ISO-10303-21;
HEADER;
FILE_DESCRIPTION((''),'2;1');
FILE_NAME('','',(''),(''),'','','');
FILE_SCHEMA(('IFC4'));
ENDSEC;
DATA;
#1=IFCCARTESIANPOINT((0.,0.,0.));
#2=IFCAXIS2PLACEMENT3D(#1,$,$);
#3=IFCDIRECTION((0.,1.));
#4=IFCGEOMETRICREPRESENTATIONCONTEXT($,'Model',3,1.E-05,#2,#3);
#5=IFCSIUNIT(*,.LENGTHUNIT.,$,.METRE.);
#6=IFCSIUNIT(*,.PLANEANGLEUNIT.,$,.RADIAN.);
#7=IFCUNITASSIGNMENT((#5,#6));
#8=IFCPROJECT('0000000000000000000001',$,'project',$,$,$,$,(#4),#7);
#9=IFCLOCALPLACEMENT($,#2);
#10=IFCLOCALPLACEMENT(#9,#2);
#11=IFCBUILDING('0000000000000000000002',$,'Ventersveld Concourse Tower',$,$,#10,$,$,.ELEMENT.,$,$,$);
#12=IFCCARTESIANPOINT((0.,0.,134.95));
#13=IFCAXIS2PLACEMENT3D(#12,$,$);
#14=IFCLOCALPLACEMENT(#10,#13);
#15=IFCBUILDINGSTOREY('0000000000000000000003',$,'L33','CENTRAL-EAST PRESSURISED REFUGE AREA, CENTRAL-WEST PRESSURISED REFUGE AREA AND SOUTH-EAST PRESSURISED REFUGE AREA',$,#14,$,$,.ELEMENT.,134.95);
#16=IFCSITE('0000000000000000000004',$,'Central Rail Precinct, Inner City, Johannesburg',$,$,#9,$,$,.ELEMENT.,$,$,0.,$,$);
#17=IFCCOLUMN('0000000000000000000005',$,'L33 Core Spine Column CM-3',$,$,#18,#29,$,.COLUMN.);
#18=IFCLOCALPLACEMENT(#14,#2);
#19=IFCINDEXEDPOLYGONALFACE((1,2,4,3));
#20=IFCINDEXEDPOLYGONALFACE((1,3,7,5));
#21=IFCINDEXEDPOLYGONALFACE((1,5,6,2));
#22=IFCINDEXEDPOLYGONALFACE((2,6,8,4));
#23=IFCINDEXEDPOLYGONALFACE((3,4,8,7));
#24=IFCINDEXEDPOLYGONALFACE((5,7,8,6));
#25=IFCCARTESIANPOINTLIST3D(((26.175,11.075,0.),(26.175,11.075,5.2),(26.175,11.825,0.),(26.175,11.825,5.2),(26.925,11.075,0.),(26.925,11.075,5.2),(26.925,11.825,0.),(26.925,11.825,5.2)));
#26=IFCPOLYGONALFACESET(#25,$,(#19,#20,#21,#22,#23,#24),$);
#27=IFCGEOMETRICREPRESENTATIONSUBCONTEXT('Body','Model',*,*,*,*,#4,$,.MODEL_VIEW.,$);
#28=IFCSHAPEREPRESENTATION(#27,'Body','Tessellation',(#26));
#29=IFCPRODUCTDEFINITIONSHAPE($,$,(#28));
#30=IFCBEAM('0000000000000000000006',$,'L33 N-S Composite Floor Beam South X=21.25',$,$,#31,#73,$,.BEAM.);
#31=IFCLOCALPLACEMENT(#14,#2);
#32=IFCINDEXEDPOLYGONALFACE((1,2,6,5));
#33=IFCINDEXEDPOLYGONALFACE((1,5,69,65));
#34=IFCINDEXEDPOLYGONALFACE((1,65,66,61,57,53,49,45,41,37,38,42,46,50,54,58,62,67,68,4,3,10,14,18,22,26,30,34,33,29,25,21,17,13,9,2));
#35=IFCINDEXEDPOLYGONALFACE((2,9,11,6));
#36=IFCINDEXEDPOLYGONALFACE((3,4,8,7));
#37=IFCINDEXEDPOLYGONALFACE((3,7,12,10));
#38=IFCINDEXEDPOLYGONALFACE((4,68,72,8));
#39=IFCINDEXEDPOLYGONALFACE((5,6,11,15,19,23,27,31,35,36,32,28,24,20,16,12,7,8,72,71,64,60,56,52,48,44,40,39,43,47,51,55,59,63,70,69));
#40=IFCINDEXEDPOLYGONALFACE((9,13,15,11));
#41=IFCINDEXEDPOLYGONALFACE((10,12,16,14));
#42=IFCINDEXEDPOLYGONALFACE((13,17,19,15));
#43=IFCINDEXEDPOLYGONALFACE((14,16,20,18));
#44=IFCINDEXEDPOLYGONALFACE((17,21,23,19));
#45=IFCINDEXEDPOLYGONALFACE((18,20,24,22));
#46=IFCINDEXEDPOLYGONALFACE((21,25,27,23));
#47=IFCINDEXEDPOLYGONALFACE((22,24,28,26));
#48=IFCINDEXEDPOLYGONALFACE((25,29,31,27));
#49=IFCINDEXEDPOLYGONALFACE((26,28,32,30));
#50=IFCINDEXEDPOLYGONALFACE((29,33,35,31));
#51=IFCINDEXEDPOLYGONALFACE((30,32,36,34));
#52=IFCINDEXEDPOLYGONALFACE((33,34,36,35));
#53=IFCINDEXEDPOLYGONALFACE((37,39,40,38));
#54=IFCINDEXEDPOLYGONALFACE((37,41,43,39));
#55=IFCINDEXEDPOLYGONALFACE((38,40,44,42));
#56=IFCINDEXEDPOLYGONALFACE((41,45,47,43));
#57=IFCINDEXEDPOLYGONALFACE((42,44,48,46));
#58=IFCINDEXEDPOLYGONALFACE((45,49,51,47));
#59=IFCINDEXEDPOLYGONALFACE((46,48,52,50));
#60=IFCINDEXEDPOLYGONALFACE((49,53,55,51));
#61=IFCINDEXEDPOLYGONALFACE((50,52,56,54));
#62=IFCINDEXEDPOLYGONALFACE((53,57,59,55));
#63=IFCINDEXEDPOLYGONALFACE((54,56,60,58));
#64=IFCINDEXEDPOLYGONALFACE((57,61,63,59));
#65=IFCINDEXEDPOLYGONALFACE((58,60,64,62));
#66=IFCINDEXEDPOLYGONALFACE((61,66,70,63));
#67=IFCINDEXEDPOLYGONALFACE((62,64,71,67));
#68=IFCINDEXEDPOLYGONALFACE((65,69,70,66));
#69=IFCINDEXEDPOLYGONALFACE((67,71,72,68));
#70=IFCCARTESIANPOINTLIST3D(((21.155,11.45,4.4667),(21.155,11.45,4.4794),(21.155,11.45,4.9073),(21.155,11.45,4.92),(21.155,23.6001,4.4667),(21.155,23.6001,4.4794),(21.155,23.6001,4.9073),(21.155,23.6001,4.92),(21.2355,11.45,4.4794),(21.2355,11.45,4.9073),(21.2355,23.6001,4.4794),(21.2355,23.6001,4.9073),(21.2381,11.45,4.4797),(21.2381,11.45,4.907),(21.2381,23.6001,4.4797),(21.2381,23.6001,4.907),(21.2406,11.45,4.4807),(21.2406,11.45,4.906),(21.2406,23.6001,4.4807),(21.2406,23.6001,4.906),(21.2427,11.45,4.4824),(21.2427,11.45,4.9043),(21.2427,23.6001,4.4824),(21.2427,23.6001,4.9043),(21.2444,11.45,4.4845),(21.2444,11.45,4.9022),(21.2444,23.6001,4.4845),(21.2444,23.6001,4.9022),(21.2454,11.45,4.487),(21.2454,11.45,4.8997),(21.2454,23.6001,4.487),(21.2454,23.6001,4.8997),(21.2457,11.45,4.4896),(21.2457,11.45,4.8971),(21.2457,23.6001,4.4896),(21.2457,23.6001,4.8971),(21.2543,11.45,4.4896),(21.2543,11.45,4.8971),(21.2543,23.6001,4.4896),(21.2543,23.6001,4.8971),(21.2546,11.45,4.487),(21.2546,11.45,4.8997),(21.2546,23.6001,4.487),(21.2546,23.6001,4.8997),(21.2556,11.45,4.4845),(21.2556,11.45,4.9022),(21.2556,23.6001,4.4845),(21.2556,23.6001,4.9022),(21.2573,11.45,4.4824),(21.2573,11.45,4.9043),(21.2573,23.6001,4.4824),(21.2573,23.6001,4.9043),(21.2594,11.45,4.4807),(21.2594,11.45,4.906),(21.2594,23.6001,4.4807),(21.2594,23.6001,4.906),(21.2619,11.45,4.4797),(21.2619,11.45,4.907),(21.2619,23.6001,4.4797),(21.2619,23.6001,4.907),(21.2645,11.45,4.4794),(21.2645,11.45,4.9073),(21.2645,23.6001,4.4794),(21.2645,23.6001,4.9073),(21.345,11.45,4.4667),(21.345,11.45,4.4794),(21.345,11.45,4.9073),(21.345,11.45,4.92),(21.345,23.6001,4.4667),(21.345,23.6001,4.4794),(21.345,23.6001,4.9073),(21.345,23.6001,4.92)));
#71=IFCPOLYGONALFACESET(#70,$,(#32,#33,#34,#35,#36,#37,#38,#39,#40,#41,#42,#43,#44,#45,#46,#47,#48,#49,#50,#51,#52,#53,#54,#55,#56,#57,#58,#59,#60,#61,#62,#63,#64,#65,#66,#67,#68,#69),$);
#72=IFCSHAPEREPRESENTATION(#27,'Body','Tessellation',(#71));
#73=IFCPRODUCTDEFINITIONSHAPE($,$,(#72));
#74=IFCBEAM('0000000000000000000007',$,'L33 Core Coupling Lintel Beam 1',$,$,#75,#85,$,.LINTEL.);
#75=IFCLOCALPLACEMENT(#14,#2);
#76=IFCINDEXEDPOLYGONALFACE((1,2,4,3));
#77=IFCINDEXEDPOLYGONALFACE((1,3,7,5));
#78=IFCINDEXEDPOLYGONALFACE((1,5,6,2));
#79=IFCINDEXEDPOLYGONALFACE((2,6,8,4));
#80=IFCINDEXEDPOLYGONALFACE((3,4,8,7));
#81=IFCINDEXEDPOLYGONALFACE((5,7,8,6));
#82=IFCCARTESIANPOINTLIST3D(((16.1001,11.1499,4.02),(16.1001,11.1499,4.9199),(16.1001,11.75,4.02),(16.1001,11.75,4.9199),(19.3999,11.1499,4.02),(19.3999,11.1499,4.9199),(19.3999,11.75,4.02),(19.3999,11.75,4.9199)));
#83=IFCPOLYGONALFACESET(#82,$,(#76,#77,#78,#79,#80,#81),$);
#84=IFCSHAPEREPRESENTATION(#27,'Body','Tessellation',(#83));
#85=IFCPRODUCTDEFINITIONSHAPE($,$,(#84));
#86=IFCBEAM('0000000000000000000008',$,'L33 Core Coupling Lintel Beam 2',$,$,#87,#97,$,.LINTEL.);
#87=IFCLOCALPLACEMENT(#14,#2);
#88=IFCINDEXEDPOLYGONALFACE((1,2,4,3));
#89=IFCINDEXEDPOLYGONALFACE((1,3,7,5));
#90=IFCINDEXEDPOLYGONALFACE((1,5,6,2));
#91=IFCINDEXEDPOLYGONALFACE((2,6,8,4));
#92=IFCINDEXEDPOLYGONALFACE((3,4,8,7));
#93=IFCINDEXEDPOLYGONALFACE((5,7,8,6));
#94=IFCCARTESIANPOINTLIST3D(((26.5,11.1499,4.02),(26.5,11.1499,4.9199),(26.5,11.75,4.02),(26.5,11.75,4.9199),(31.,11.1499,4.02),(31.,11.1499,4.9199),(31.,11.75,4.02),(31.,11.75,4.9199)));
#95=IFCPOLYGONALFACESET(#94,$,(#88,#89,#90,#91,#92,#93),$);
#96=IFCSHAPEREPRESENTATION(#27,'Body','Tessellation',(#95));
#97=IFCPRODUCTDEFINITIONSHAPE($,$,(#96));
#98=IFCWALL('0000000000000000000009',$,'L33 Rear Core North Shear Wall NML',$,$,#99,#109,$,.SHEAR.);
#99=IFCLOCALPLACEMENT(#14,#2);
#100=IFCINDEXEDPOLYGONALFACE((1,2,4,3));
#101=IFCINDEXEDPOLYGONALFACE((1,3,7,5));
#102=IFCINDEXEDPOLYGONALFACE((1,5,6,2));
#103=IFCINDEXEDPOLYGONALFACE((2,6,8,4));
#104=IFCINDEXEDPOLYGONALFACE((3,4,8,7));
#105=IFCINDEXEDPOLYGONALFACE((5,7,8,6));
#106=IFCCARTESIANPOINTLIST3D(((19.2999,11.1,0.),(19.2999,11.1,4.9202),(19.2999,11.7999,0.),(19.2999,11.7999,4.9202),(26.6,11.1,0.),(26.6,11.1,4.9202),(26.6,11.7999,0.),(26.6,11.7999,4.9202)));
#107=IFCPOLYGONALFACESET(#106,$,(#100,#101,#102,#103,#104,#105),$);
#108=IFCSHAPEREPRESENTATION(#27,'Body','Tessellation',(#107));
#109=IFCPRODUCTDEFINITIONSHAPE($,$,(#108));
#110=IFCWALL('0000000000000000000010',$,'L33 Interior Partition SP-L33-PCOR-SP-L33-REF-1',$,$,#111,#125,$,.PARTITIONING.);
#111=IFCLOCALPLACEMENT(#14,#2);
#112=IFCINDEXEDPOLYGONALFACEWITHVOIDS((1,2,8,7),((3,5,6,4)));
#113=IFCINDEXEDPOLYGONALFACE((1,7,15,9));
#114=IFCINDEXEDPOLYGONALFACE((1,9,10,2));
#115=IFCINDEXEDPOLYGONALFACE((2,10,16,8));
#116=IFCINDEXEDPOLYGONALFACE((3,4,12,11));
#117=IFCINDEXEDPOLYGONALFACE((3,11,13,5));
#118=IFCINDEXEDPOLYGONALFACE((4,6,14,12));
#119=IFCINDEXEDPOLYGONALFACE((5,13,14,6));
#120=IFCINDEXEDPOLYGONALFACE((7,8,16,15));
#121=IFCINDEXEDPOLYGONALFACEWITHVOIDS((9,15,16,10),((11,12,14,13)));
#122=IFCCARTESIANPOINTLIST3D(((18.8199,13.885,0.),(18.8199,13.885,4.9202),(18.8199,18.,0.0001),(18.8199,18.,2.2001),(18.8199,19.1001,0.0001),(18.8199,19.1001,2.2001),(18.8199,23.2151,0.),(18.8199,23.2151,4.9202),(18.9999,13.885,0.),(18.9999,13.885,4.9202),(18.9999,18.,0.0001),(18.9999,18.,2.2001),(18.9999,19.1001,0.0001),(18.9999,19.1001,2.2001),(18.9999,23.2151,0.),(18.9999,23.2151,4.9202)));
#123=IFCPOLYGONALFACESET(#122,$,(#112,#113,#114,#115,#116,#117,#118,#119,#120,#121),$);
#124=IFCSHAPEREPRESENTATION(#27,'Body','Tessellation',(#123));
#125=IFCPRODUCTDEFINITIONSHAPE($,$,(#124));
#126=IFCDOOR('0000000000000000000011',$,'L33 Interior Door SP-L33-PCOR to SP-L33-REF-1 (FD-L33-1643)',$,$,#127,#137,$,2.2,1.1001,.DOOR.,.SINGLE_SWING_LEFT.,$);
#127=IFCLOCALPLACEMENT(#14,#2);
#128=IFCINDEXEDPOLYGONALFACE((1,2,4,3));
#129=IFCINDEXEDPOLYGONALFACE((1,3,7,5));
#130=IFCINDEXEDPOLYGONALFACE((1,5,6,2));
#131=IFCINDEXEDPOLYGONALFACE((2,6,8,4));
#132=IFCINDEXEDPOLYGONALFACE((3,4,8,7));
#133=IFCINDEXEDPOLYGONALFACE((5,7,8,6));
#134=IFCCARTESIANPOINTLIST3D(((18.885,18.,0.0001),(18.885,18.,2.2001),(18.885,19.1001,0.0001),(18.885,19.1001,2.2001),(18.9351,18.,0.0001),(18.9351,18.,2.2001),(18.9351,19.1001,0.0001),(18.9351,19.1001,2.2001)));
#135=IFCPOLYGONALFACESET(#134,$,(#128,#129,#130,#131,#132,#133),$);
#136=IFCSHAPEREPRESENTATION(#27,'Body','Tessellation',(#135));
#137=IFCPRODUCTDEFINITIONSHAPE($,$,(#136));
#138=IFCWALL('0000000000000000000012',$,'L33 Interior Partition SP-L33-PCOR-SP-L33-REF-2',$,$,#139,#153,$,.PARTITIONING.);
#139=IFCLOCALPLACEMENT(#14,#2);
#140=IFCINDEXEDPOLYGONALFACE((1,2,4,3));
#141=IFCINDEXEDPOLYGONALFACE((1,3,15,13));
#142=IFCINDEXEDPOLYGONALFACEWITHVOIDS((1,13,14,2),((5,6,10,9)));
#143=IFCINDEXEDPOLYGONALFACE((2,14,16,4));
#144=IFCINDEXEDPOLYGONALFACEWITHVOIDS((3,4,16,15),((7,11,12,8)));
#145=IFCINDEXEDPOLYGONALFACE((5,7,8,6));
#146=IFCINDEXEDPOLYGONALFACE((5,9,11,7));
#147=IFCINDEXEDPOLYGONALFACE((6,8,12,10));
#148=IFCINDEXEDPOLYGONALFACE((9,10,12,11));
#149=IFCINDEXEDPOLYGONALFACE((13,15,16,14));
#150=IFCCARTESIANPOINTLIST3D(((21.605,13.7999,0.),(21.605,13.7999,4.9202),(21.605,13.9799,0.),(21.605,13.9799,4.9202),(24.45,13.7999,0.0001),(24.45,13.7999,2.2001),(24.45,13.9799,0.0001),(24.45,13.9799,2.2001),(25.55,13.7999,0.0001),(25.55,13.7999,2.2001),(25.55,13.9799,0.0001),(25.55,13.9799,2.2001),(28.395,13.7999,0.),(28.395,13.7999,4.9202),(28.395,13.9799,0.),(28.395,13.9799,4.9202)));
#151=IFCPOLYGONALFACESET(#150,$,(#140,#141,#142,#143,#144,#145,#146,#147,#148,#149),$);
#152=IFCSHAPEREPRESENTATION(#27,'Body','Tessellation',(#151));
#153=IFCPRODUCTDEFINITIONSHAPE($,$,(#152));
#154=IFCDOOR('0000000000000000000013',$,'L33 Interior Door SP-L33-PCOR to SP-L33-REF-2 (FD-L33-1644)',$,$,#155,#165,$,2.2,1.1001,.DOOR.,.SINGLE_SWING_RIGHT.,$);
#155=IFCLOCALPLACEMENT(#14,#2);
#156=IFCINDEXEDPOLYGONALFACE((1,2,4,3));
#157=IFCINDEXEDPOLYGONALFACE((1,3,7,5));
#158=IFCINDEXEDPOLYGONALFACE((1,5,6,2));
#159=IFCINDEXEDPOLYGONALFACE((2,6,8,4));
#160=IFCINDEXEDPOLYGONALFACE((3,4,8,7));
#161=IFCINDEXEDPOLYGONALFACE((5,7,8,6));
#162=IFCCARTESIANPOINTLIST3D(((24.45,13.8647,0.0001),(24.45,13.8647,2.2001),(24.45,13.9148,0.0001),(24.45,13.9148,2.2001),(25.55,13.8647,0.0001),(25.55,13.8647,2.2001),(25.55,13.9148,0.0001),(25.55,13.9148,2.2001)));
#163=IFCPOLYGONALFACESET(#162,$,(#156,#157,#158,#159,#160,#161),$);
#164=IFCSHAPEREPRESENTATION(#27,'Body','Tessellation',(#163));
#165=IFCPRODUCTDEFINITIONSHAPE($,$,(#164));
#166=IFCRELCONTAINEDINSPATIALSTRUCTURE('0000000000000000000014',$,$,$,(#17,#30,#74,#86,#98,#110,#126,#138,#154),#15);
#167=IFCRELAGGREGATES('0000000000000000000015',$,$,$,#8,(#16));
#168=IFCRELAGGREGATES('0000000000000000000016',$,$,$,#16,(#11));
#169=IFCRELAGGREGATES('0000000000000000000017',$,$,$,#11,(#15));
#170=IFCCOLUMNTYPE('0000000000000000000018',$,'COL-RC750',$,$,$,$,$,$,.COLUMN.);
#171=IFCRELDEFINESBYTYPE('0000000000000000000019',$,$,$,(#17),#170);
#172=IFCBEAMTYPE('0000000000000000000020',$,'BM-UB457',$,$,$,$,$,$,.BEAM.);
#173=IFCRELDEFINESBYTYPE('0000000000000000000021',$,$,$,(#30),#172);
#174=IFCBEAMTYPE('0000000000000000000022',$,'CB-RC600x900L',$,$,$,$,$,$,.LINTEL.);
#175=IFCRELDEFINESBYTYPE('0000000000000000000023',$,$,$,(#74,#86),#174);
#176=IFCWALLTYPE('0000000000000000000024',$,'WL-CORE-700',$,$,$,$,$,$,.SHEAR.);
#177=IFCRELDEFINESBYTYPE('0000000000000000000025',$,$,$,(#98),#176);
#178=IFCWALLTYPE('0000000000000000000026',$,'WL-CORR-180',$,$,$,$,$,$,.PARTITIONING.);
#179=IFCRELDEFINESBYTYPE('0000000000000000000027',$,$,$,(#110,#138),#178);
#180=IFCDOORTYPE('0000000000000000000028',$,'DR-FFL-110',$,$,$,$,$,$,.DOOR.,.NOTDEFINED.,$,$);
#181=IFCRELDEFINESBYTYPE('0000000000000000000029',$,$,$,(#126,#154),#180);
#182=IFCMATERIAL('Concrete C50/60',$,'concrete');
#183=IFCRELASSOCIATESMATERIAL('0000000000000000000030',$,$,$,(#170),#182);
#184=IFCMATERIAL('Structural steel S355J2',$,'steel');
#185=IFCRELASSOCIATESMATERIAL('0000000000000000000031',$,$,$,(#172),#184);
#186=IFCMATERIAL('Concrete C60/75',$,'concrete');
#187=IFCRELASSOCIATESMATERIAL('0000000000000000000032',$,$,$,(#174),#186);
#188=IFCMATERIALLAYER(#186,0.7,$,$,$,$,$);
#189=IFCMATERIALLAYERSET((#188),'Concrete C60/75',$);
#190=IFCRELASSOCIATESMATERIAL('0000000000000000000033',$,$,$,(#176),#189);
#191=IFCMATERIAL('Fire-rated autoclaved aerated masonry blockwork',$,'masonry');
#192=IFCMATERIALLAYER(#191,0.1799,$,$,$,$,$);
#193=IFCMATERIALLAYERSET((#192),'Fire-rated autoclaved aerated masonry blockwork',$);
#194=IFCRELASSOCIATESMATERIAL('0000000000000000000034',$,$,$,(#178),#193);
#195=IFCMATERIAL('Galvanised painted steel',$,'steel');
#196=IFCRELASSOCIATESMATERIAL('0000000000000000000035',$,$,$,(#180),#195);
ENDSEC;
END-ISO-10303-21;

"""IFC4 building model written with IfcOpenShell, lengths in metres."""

from ifc_helpers import new_model, si_unit, direction, frame, frame_2d, origin, origin_2d, place, context, subcontext, project, spatial, rectangle, i_section, extrude, material, layer, layer_set, material_profile, profile_set, type_object, element, fill, save


model = new_model("IFC4")

# Units and contexts
model_context = context("Model", 3, precision=1e-05, world=origin(), true_north=direction((0.0, 1.0)))
body_context = subcontext(model_context, "Body", "Model", "MODEL_VIEW")
ifc_project = project(units=[si_unit("LENGTHUNIT", "METRE"), si_unit("PLANEANGLEUNIT", "RADIAN")], contexts=[model_context])

# Site, building, storey
site_placement = place(None, origin())
site = spatial("IfcSite", under=ifc_project, at=site_placement, Name="Central Rail Precinct, Inner City, Johannesburg", CompositionType="ELEMENT", RefElevation=0.0)
building_placement = place(site_placement, origin())
building = spatial("IfcBuilding", under=site, at=building_placement, Name="Ventersveld Concourse Tower", CompositionType="ELEMENT")
storey_placement = place(building_placement, frame((0.0, 0.0, 134.95)))
storey = spatial("IfcBuildingStorey", under=building, at=storey_placement, Name="L33", Description="CENTRAL-EAST PRESSURISED REFUGE AREA, CENTRAL-WEST PRESSURISED REFUGE AREA AND SOUTH-EAST PRESSURISED REFUGE AREA", CompositionType="ELEMENT", Elevation=134.95)

# Column
ifc_material_1 = material(Name="Concrete C50/60", Category="concrete")
ifc_material_profile_1 = material_profile(ifc_material_1, rectangle(XDim=0.75, YDim=0.75, at=origin_2d()), Name="RC 750x750")
ifc_profile_set_1 = profile_set([ifc_material_profile_1], Name="Concrete C50/60")
column_type = type_object("IfcColumnType", Name="COL-RC750", PredefinedType="COLUMN", material=ifc_profile_set_1)
column_placement = place(storey_placement, frame((26.55, 11.45, 0.0), z_axis=(0.0, 0.0, 1.0), x_axis=(1.0, 0.0, 0.0)))
element("IfcColumn", 1, at=column_placement, inside=storey, type_object=column_type, Name="L33 Core Spine Column CM-3", PredefinedType="COLUMN", context=body_context, shape_type="SweptSolid", body=[
    extrude(rectangle(XDim=0.75, YDim=0.75, at=origin_2d()), origin(), (0.0, 0.0, 1.0), 5.2),
])

# Beams
ifc_material_2 = material(Name="Structural steel S355J2", Category="steel")
ifc_material_profile_2 = material_profile(ifc_material_2, i_section(OverallWidth=0.1899, OverallDepth=0.4534, WebThickness=0.0085, FlangeThickness=0.0127, FilletRadius=0.0103, at=origin_2d()), Name="UB 457x191x67")
ifc_profile_set_2 = profile_set([ifc_material_profile_2], Name="Structural steel S355J2")
beam_type_1 = type_object("IfcBeamType", Name="BM-UB457", PredefinedType="BEAM", material=ifc_profile_set_2)
beam_1_placement = place(storey_placement, frame((21.25, 11.45, 4.6934), z_axis=(0.0, 1.0, 0.0), x_axis=(-1.0, 0.0, 0.0)))
element("IfcBeam", 2, at=beam_1_placement, inside=storey, type_object=beam_type_1, Name="L33 N-S Composite Floor Beam South X=21.25", PredefinedType="BEAM", context=body_context, shape_type="SweptSolid", body=[
    extrude(i_section(OverallWidth=0.1899, OverallDepth=0.4534, WebThickness=0.0085, FlangeThickness=0.0127, FilletRadius=0.0103, at=origin_2d()), origin(), (0.0, 0.0, 1.0), 12.1501),
])
ifc_material_3 = material(Name="Concrete C60/75", Category="concrete")
ifc_material_profile_3 = material_profile(ifc_material_3, rectangle(XDim=0.6001, YDim=0.8999, at=origin_2d()), Name="RC 600x900")
ifc_profile_set_3 = profile_set([ifc_material_profile_3], Name="Concrete C60/75")
beam_type_2 = type_object("IfcBeamType", Name="CB-RC600x900L", PredefinedType="LINTEL", material=ifc_profile_set_3)
beam_2_placement = place(storey_placement, frame((16.1001, 11.45, 4.47), z_axis=(1.0, 0.0, 0.0), x_axis=(0.0, 1.0, 0.0)))
element("IfcBeam", 3, at=beam_2_placement, inside=storey, type_object=beam_type_2, Name="L33 Core Coupling Lintel Beam 1", PredefinedType="LINTEL", context=body_context, shape_type="SweptSolid", body=[
    extrude(rectangle(XDim=0.6001, YDim=0.8999, at=origin_2d()), origin(), (0.0, 0.0, 1.0), 3.2998),
])
beam_3_placement = place(storey_placement, frame((26.5, 11.45, 4.47), z_axis=(1.0, 0.0, 0.0), x_axis=(0.0, 1.0, 0.0)))
element("IfcBeam", 4, at=beam_3_placement, inside=storey, type_object=beam_type_2, Name="L33 Core Coupling Lintel Beam 2", PredefinedType="LINTEL", context=body_context, shape_type="SweptSolid", body=[
    extrude(rectangle(XDim=0.6001, YDim=0.8999, at=origin_2d()), origin(), (0.0, 0.0, 1.0), 4.5),
])

# Wall
ifc_layer_1 = layer(ifc_material_3, 0.7)
ifc_layer_set_1 = layer_set([ifc_layer_1], Name="Concrete C60/75")
wall_type_1 = type_object("IfcWallType", Name="WL-CORE-700", PredefinedType="SHEAR", material=ifc_layer_set_1)
wall_1_placement = place(storey_placement, frame((19.3, 11.45, 0.0), z_axis=(0.0, 0.0, 1.0), x_axis=(1.0, 0.0, 0.0)))
element("IfcWall", 5, at=wall_1_placement, inside=storey, type_object=wall_type_1, Name="L33 Rear Core North Shear Wall NML", PredefinedType="SHEAR", context=body_context, shape_type="SweptSolid", body=[
    extrude(rectangle(XDim=7.3, YDim=0.7, at=frame_2d((3.6499, 0.0))), origin(), (0.0, 0.0, 1.0), 4.9202),
])

# Walls, openings, doors
ifc_material_4 = material(Name="Fire-rated autoclaved aerated masonry blockwork", Category="masonry")
ifc_layer_2 = layer(ifc_material_4, 0.1799)
ifc_layer_set_2 = layer_set([ifc_layer_2], Name="Fire-rated autoclaved aerated masonry blockwork")
wall_type_2 = type_object("IfcWallType", Name="WL-CORR-180", PredefinedType="PARTITIONING", material=ifc_layer_set_2)
wall_2_placement = place(storey_placement, frame((18.9099, 13.885, 0.0), z_axis=(0.0, 0.0, 1.0), x_axis=(0.0, 1.0, 0.0)))
wall_2 = element("IfcWall", 6, at=wall_2_placement, inside=storey, type_object=wall_type_2, Name="L33 Interior Partition SP-L33-PCOR-SP-L33-REF-1", PredefinedType="PARTITIONING", context=body_context, shape_type="SweptSolid", body=[
    extrude(rectangle(XDim=9.3301, YDim=0.1799, at=frame_2d((4.665, 0.0))), origin(), (0.0, 0.0, 1.0), 4.9202),
])
opening_1_placement = place(wall_2_placement, frame((4.115, 0.0, 0.0)))
opening_1 = element("IfcOpeningElement", 7, at=opening_1_placement, cuts=wall_2, PredefinedType="OPENING", context=body_context, shape_type="SweptSolid", body=[
    extrude(rectangle(XDim=1.1001, YDim=2.2, at=frame_2d((0.55, 1.1001))), frame((0.0, 0.1001, 0.0), z_axis=(0.0, -1.0, 0.0), x_axis=(1.0, 0.0, 0.0)), (0.0, 0.0, 1.0), 0.2),
])
ifc_material_5 = material(Name="Galvanised painted steel", Category="steel")
door_type_1 = type_object("IfcDoorType", Name="DR-FFL-110", OperationType="NOTDEFINED", PredefinedType="DOOR", material=ifc_material_5)
door_1_placement = place(opening_1_placement, origin())
door_1 = element("IfcDoor", 8, at=door_1_placement, inside=storey, type_object=door_type_1, Name="L33 Interior Door SP-L33-PCOR to SP-L33-REF-1 (FD-L33-1643)", OperationType="SINGLE_SWING_LEFT", OverallHeight=2.2, OverallWidth=1.1001, PredefinedType="DOOR", context=body_context, shape_type="SweptSolid", body=[
    extrude(rectangle(XDim=1.1001, YDim=2.2, at=frame_2d((0.55, 1.1001))), frame((0.0, 0.0249, 0.0), z_axis=(0.0, -1.0, 0.0), x_axis=(1.0, 0.0, 0.0)), (0.0, 0.0, 1.0), 0.05),
])
fill(opening_1, door_1)
wall_3_placement = place(storey_placement, frame((21.605, 13.8899, 0.0), z_axis=(0.0, 0.0, 1.0), x_axis=(1.0, 0.0, 0.0)))
wall_3 = element("IfcWall", 9, at=wall_3_placement, inside=storey, type_object=wall_type_2, Name="L33 Interior Partition SP-L33-PCOR-SP-L33-REF-2", PredefinedType="PARTITIONING", context=body_context, shape_type="SweptSolid", body=[
    extrude(rectangle(XDim=6.79, YDim=0.1799, at=frame_2d((3.395, 0.0))), origin(), (0.0, 0.0, 1.0), 4.9202),
])
opening_2_placement = place(wall_3_placement, frame((2.845, 0.0, 0.0)))
opening_2 = element("IfcOpeningElement", 10, at=opening_2_placement, cuts=wall_3, PredefinedType="OPENING", context=body_context, shape_type="SweptSolid", body=[
    extrude(rectangle(XDim=1.1001, YDim=2.2, at=frame_2d((0.55, 1.1001))), frame((0.0, 0.1001, 0.0), z_axis=(0.0, -1.0, 0.0), x_axis=(1.0, 0.0, 0.0)), (0.0, 0.0, 1.0), 0.2),
])
door_2_placement = place(opening_2_placement, origin())
door_2 = element("IfcDoor", 11, at=door_2_placement, inside=storey, type_object=door_type_1, Name="L33 Interior Door SP-L33-PCOR to SP-L33-REF-2 (FD-L33-1644)", OperationType="SINGLE_SWING_RIGHT", OverallHeight=2.2, OverallWidth=1.1001, PredefinedType="DOOR", context=body_context, shape_type="SweptSolid", body=[
    extrude(rectangle(XDim=1.1001, YDim=2.2, at=frame_2d((0.55, 1.1001))), frame((0.0, 0.0249, 0.0), z_axis=(0.0, -1.0, 0.0), x_axis=(1.0, 0.0, 0.0)), (0.0, 0.0, 1.0), 0.05),
])
fill(opening_2, door_2)

save(model, "model.ifc")
